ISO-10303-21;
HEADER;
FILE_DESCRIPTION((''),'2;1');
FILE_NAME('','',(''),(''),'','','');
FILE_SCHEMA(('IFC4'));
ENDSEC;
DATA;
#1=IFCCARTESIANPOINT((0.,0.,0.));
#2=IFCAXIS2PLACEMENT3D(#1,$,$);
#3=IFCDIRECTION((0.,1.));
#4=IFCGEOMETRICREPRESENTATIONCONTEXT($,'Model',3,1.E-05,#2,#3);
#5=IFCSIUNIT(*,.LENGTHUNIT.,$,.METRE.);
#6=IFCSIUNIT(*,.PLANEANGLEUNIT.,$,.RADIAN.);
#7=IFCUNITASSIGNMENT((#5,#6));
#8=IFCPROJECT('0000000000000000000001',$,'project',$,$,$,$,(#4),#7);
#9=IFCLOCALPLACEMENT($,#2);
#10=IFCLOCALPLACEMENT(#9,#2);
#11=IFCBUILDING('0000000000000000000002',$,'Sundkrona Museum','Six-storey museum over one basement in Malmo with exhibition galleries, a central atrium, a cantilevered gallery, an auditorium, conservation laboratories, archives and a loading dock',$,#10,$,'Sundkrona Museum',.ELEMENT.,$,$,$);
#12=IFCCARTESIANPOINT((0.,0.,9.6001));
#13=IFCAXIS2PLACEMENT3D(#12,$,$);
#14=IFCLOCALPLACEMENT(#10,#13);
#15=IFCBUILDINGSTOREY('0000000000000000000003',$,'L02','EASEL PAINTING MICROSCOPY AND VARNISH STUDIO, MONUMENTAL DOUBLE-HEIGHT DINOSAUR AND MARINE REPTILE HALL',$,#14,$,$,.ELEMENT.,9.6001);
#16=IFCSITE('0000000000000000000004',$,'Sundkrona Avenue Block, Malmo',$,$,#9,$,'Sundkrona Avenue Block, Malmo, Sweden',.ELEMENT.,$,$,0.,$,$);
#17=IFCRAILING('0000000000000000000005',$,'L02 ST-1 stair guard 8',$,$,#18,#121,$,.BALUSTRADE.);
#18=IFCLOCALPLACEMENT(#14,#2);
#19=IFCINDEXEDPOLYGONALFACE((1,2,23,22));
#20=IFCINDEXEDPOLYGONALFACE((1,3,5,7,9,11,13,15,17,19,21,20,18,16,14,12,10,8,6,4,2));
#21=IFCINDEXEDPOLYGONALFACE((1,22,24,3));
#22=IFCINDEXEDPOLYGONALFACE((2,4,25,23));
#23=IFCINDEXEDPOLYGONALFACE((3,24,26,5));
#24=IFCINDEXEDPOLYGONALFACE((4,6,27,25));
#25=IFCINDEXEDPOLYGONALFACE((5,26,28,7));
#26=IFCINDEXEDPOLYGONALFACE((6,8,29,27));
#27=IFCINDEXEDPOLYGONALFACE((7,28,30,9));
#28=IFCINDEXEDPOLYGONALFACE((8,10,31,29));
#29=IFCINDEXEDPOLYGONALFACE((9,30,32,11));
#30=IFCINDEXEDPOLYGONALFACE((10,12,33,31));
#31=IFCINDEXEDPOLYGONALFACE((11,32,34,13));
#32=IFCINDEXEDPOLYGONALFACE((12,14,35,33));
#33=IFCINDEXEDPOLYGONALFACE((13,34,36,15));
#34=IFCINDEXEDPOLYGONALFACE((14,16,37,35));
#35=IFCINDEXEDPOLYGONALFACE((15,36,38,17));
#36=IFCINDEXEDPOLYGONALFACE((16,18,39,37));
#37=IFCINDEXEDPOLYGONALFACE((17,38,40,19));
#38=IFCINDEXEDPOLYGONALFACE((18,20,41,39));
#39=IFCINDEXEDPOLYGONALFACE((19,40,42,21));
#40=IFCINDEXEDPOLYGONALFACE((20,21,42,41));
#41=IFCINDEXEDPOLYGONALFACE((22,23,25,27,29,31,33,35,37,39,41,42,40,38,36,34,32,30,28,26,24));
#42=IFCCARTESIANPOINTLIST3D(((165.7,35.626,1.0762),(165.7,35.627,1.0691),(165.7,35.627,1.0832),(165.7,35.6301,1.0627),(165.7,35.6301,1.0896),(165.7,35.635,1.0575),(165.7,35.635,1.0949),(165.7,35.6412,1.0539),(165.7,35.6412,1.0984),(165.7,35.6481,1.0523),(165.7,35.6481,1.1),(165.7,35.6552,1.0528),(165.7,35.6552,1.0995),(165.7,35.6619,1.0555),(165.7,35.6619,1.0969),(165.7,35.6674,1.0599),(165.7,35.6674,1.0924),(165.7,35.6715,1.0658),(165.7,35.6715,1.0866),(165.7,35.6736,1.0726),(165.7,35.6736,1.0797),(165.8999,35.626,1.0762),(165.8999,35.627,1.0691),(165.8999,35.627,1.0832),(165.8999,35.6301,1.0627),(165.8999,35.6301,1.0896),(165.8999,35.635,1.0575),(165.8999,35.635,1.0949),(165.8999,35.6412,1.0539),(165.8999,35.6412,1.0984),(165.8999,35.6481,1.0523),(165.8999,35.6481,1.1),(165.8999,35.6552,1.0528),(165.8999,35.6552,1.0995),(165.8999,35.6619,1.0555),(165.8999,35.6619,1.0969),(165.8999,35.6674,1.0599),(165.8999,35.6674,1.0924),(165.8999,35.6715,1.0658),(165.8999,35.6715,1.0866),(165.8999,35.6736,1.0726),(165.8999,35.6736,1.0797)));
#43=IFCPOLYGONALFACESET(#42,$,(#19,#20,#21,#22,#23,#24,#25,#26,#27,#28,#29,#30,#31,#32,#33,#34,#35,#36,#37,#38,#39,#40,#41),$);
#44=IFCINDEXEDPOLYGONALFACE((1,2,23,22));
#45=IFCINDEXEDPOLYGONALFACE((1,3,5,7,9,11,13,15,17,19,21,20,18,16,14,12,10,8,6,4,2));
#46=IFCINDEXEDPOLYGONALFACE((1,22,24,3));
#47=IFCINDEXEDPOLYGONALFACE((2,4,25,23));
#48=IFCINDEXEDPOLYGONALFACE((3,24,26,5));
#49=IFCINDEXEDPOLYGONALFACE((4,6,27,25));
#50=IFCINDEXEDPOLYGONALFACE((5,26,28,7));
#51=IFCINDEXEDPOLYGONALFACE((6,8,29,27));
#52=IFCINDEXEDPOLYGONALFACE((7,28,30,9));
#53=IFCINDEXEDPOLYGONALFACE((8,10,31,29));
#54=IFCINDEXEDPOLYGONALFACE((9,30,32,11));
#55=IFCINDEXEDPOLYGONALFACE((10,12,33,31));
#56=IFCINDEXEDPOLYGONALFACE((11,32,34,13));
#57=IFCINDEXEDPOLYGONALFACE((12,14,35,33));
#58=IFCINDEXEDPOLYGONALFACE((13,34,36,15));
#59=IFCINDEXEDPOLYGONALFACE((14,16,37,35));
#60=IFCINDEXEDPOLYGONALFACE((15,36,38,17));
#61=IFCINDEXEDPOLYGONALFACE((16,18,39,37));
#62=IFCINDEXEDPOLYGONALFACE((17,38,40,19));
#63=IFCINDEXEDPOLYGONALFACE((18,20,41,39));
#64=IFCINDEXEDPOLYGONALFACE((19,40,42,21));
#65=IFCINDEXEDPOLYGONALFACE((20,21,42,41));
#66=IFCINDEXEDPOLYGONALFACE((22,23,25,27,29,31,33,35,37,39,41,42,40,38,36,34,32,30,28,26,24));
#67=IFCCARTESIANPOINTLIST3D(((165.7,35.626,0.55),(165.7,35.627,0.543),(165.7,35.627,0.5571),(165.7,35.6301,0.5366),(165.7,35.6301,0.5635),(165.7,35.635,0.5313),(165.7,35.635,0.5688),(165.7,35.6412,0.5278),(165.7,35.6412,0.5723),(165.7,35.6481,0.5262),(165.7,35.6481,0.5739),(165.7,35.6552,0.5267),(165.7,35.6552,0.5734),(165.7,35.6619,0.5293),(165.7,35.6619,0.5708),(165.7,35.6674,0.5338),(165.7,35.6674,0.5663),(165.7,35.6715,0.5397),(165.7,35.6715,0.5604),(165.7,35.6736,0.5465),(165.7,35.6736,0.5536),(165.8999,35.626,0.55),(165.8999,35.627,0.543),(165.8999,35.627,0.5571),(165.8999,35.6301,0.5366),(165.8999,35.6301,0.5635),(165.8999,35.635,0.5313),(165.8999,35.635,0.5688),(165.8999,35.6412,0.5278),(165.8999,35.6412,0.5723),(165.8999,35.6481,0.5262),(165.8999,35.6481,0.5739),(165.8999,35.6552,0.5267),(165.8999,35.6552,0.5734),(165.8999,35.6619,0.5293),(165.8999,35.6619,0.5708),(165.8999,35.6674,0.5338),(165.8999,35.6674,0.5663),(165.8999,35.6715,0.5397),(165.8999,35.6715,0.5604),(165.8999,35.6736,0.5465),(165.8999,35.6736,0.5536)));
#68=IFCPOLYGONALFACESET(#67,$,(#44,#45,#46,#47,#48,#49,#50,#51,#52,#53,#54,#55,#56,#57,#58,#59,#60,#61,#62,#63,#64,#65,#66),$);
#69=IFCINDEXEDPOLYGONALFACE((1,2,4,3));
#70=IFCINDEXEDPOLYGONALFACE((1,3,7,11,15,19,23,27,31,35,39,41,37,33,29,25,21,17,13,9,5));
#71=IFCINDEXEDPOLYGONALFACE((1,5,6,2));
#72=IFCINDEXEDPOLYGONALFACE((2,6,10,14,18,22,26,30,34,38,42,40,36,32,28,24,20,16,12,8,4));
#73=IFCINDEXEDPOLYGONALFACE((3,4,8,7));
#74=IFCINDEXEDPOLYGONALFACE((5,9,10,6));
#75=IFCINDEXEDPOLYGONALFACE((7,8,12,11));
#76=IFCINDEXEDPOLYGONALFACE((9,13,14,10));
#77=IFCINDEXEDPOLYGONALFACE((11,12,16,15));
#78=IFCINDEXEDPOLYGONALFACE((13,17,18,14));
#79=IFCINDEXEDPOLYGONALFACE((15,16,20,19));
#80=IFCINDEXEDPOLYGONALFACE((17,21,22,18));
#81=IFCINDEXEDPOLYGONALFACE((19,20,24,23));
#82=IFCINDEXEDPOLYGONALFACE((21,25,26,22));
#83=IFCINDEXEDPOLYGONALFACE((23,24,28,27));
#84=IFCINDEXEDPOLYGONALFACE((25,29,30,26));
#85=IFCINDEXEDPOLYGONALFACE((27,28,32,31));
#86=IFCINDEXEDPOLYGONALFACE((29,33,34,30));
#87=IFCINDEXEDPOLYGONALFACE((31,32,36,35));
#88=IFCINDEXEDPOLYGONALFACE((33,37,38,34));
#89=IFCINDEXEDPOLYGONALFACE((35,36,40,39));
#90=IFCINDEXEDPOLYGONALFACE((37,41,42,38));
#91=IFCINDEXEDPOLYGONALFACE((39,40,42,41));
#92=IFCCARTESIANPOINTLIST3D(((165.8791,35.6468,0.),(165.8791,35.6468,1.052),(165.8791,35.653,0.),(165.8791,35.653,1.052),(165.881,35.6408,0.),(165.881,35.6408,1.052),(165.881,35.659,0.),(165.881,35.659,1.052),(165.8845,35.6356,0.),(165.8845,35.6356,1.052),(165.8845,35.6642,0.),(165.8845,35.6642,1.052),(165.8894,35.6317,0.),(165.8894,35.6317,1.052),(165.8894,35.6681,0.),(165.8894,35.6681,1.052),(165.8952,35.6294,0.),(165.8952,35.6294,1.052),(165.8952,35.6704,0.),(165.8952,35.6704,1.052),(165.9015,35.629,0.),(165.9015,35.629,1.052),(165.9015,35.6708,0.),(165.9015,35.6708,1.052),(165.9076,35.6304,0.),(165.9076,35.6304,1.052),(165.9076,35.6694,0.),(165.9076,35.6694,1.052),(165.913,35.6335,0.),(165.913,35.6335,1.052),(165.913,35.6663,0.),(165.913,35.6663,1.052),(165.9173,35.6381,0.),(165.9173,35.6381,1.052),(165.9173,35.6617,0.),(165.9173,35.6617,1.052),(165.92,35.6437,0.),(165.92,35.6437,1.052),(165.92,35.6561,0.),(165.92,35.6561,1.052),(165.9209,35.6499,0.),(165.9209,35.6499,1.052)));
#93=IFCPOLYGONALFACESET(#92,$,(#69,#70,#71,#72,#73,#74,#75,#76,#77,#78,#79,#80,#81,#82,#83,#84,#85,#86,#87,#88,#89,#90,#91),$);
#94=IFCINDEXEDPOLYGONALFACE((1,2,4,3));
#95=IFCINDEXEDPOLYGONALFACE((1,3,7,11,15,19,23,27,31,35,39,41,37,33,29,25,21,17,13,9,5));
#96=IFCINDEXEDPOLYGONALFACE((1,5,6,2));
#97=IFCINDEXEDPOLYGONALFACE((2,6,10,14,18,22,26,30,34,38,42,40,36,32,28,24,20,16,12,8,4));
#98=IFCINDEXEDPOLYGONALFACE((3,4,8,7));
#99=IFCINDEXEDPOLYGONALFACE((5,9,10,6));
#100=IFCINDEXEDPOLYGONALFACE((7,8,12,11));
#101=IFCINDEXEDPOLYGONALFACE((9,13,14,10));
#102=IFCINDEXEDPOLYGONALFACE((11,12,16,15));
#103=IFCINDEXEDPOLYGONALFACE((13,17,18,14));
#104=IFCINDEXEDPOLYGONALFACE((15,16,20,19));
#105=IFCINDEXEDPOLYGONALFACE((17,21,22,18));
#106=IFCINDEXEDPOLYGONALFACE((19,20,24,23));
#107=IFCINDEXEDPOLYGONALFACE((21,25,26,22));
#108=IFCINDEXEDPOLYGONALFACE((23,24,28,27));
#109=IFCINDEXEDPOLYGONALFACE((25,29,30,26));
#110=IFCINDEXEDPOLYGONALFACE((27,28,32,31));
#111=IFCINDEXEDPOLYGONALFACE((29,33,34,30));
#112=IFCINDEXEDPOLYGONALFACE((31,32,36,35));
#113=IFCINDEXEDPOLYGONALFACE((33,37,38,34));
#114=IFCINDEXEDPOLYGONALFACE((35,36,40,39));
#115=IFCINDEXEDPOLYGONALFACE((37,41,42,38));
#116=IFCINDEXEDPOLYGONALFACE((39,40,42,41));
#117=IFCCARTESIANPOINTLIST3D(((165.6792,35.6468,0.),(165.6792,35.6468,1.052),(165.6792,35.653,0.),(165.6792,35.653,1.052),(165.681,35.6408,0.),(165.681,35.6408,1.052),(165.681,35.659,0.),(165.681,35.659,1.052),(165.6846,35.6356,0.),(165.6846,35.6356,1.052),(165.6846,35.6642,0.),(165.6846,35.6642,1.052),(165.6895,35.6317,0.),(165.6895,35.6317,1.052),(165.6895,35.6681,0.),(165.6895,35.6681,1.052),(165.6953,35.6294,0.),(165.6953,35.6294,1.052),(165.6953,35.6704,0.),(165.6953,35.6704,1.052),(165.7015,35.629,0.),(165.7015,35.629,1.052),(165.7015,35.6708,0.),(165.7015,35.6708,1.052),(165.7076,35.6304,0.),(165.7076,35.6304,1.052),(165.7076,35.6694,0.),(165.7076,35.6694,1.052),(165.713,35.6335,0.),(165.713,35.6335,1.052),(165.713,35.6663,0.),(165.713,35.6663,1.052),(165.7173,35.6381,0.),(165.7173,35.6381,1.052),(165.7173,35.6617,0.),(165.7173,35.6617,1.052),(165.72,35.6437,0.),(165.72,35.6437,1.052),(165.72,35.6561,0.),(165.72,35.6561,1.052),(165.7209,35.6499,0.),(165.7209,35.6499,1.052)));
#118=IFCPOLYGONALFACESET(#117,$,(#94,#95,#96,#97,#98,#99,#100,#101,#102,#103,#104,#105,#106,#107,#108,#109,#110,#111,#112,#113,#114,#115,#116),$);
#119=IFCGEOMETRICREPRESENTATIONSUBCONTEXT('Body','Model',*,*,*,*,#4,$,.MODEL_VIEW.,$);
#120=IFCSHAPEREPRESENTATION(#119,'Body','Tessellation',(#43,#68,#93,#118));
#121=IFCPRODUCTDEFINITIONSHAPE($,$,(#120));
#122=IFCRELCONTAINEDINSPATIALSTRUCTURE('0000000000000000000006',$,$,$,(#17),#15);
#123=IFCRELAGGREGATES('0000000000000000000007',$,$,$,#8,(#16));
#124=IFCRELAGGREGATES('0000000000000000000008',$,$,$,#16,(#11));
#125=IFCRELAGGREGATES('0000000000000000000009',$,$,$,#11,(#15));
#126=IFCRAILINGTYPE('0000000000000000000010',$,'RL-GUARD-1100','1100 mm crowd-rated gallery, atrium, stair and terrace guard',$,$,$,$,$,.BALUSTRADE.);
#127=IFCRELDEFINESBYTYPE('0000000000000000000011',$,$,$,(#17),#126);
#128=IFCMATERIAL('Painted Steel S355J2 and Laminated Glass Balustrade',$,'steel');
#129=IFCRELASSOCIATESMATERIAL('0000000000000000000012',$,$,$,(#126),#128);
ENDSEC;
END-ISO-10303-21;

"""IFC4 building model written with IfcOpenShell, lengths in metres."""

from ifc_helpers import new_model, si_unit, direction, frame, origin, origin_2d, place, context, subcontext, project, spatial, circle, extrude, material, type_object, element, save


model = new_model("IFC4")

# Units and contexts
model_context = context("Model", 3, precision=1e-05, world=origin(), true_north=direction((0.0, 1.0)))
body_context = subcontext(model_context, "Body", "Model", "MODEL_VIEW")
ifc_project = project(units=[si_unit("LENGTHUNIT", "METRE"), si_unit("PLANEANGLEUNIT", "RADIAN")], contexts=[model_context])

# Site, building, storey
site_placement = place(None, origin())
site = spatial("IfcSite", under=ifc_project, at=site_placement, Name="Sundkrona Avenue Block, Malmo", LongName="Sundkrona Avenue Block, Malmo, Sweden", CompositionType="ELEMENT", RefElevation=0.0)
building_placement = place(site_placement, origin())
building = spatial("IfcBuilding", under=site, at=building_placement, Name="Sundkrona Museum", Description="Six-storey museum over one basement in Malmo with exhibition galleries, a central atrium, a cantilevered gallery, an auditorium, conservation laboratories, archives and a loading dock", LongName="Sundkrona Museum", CompositionType="ELEMENT")
storey_placement = place(building_placement, frame((0.0, 0.0, 9.6001)))
storey = spatial("IfcBuildingStorey", under=building, at=storey_placement, Name="L02", Description="EASEL PAINTING MICROSCOPY AND VARNISH STUDIO, MONUMENTAL DOUBLE-HEIGHT DINOSAUR AND MARINE REPTILE HALL", CompositionType="ELEMENT", Elevation=9.6001)

# Railing
ifc_material_1 = material(Name="Painted Steel S355J2 and Laminated Glass Balustrade", Category="steel")
railing_type_1 = type_object("IfcRailingType", Name="RL-GUARD-1100", Description="1100 mm crowd-rated gallery, atrium, stair and terrace guard", PredefinedType="BALUSTRADE", material=ifc_material_1)
railing_1_placement = place(storey_placement, frame((165.8999, 35.6499, 0.0)))
element("IfcRailing", 1, at=railing_1_placement, inside=storey, type_object=railing_type_1, Name="L02 ST-1 stair guard 8", PredefinedType="BALUSTRADE", context=body_context, shape_type="SweptSolid", body=[
    extrude(circle(Radius=0.0239, at=origin_2d()), frame((0.0, 0.0, 1.0762), z_axis=(-1.0, 0.0, 0.0), x_axis=(0.0, -1.0, 0.0)), (0.0, 0.0, 1.0), 0.2),
    extrude(circle(Radius=0.0239, at=origin_2d()), frame((0.0, 0.0, 0.55), z_axis=(-1.0, 0.0, 0.0), x_axis=(0.0, -1.0, 0.0)), (0.0, 0.0, 1.0), 0.2),
    extrude(circle(Radius=0.021, at=origin_2d()), origin(), (0.0, 0.0, 1.0), 1.052),
    extrude(circle(Radius=0.021, at=origin_2d()), frame((-0.2, 0.0, 0.0)), (0.0, 0.0, 1.0), 1.052),
])

save(model, "model.ifc")
